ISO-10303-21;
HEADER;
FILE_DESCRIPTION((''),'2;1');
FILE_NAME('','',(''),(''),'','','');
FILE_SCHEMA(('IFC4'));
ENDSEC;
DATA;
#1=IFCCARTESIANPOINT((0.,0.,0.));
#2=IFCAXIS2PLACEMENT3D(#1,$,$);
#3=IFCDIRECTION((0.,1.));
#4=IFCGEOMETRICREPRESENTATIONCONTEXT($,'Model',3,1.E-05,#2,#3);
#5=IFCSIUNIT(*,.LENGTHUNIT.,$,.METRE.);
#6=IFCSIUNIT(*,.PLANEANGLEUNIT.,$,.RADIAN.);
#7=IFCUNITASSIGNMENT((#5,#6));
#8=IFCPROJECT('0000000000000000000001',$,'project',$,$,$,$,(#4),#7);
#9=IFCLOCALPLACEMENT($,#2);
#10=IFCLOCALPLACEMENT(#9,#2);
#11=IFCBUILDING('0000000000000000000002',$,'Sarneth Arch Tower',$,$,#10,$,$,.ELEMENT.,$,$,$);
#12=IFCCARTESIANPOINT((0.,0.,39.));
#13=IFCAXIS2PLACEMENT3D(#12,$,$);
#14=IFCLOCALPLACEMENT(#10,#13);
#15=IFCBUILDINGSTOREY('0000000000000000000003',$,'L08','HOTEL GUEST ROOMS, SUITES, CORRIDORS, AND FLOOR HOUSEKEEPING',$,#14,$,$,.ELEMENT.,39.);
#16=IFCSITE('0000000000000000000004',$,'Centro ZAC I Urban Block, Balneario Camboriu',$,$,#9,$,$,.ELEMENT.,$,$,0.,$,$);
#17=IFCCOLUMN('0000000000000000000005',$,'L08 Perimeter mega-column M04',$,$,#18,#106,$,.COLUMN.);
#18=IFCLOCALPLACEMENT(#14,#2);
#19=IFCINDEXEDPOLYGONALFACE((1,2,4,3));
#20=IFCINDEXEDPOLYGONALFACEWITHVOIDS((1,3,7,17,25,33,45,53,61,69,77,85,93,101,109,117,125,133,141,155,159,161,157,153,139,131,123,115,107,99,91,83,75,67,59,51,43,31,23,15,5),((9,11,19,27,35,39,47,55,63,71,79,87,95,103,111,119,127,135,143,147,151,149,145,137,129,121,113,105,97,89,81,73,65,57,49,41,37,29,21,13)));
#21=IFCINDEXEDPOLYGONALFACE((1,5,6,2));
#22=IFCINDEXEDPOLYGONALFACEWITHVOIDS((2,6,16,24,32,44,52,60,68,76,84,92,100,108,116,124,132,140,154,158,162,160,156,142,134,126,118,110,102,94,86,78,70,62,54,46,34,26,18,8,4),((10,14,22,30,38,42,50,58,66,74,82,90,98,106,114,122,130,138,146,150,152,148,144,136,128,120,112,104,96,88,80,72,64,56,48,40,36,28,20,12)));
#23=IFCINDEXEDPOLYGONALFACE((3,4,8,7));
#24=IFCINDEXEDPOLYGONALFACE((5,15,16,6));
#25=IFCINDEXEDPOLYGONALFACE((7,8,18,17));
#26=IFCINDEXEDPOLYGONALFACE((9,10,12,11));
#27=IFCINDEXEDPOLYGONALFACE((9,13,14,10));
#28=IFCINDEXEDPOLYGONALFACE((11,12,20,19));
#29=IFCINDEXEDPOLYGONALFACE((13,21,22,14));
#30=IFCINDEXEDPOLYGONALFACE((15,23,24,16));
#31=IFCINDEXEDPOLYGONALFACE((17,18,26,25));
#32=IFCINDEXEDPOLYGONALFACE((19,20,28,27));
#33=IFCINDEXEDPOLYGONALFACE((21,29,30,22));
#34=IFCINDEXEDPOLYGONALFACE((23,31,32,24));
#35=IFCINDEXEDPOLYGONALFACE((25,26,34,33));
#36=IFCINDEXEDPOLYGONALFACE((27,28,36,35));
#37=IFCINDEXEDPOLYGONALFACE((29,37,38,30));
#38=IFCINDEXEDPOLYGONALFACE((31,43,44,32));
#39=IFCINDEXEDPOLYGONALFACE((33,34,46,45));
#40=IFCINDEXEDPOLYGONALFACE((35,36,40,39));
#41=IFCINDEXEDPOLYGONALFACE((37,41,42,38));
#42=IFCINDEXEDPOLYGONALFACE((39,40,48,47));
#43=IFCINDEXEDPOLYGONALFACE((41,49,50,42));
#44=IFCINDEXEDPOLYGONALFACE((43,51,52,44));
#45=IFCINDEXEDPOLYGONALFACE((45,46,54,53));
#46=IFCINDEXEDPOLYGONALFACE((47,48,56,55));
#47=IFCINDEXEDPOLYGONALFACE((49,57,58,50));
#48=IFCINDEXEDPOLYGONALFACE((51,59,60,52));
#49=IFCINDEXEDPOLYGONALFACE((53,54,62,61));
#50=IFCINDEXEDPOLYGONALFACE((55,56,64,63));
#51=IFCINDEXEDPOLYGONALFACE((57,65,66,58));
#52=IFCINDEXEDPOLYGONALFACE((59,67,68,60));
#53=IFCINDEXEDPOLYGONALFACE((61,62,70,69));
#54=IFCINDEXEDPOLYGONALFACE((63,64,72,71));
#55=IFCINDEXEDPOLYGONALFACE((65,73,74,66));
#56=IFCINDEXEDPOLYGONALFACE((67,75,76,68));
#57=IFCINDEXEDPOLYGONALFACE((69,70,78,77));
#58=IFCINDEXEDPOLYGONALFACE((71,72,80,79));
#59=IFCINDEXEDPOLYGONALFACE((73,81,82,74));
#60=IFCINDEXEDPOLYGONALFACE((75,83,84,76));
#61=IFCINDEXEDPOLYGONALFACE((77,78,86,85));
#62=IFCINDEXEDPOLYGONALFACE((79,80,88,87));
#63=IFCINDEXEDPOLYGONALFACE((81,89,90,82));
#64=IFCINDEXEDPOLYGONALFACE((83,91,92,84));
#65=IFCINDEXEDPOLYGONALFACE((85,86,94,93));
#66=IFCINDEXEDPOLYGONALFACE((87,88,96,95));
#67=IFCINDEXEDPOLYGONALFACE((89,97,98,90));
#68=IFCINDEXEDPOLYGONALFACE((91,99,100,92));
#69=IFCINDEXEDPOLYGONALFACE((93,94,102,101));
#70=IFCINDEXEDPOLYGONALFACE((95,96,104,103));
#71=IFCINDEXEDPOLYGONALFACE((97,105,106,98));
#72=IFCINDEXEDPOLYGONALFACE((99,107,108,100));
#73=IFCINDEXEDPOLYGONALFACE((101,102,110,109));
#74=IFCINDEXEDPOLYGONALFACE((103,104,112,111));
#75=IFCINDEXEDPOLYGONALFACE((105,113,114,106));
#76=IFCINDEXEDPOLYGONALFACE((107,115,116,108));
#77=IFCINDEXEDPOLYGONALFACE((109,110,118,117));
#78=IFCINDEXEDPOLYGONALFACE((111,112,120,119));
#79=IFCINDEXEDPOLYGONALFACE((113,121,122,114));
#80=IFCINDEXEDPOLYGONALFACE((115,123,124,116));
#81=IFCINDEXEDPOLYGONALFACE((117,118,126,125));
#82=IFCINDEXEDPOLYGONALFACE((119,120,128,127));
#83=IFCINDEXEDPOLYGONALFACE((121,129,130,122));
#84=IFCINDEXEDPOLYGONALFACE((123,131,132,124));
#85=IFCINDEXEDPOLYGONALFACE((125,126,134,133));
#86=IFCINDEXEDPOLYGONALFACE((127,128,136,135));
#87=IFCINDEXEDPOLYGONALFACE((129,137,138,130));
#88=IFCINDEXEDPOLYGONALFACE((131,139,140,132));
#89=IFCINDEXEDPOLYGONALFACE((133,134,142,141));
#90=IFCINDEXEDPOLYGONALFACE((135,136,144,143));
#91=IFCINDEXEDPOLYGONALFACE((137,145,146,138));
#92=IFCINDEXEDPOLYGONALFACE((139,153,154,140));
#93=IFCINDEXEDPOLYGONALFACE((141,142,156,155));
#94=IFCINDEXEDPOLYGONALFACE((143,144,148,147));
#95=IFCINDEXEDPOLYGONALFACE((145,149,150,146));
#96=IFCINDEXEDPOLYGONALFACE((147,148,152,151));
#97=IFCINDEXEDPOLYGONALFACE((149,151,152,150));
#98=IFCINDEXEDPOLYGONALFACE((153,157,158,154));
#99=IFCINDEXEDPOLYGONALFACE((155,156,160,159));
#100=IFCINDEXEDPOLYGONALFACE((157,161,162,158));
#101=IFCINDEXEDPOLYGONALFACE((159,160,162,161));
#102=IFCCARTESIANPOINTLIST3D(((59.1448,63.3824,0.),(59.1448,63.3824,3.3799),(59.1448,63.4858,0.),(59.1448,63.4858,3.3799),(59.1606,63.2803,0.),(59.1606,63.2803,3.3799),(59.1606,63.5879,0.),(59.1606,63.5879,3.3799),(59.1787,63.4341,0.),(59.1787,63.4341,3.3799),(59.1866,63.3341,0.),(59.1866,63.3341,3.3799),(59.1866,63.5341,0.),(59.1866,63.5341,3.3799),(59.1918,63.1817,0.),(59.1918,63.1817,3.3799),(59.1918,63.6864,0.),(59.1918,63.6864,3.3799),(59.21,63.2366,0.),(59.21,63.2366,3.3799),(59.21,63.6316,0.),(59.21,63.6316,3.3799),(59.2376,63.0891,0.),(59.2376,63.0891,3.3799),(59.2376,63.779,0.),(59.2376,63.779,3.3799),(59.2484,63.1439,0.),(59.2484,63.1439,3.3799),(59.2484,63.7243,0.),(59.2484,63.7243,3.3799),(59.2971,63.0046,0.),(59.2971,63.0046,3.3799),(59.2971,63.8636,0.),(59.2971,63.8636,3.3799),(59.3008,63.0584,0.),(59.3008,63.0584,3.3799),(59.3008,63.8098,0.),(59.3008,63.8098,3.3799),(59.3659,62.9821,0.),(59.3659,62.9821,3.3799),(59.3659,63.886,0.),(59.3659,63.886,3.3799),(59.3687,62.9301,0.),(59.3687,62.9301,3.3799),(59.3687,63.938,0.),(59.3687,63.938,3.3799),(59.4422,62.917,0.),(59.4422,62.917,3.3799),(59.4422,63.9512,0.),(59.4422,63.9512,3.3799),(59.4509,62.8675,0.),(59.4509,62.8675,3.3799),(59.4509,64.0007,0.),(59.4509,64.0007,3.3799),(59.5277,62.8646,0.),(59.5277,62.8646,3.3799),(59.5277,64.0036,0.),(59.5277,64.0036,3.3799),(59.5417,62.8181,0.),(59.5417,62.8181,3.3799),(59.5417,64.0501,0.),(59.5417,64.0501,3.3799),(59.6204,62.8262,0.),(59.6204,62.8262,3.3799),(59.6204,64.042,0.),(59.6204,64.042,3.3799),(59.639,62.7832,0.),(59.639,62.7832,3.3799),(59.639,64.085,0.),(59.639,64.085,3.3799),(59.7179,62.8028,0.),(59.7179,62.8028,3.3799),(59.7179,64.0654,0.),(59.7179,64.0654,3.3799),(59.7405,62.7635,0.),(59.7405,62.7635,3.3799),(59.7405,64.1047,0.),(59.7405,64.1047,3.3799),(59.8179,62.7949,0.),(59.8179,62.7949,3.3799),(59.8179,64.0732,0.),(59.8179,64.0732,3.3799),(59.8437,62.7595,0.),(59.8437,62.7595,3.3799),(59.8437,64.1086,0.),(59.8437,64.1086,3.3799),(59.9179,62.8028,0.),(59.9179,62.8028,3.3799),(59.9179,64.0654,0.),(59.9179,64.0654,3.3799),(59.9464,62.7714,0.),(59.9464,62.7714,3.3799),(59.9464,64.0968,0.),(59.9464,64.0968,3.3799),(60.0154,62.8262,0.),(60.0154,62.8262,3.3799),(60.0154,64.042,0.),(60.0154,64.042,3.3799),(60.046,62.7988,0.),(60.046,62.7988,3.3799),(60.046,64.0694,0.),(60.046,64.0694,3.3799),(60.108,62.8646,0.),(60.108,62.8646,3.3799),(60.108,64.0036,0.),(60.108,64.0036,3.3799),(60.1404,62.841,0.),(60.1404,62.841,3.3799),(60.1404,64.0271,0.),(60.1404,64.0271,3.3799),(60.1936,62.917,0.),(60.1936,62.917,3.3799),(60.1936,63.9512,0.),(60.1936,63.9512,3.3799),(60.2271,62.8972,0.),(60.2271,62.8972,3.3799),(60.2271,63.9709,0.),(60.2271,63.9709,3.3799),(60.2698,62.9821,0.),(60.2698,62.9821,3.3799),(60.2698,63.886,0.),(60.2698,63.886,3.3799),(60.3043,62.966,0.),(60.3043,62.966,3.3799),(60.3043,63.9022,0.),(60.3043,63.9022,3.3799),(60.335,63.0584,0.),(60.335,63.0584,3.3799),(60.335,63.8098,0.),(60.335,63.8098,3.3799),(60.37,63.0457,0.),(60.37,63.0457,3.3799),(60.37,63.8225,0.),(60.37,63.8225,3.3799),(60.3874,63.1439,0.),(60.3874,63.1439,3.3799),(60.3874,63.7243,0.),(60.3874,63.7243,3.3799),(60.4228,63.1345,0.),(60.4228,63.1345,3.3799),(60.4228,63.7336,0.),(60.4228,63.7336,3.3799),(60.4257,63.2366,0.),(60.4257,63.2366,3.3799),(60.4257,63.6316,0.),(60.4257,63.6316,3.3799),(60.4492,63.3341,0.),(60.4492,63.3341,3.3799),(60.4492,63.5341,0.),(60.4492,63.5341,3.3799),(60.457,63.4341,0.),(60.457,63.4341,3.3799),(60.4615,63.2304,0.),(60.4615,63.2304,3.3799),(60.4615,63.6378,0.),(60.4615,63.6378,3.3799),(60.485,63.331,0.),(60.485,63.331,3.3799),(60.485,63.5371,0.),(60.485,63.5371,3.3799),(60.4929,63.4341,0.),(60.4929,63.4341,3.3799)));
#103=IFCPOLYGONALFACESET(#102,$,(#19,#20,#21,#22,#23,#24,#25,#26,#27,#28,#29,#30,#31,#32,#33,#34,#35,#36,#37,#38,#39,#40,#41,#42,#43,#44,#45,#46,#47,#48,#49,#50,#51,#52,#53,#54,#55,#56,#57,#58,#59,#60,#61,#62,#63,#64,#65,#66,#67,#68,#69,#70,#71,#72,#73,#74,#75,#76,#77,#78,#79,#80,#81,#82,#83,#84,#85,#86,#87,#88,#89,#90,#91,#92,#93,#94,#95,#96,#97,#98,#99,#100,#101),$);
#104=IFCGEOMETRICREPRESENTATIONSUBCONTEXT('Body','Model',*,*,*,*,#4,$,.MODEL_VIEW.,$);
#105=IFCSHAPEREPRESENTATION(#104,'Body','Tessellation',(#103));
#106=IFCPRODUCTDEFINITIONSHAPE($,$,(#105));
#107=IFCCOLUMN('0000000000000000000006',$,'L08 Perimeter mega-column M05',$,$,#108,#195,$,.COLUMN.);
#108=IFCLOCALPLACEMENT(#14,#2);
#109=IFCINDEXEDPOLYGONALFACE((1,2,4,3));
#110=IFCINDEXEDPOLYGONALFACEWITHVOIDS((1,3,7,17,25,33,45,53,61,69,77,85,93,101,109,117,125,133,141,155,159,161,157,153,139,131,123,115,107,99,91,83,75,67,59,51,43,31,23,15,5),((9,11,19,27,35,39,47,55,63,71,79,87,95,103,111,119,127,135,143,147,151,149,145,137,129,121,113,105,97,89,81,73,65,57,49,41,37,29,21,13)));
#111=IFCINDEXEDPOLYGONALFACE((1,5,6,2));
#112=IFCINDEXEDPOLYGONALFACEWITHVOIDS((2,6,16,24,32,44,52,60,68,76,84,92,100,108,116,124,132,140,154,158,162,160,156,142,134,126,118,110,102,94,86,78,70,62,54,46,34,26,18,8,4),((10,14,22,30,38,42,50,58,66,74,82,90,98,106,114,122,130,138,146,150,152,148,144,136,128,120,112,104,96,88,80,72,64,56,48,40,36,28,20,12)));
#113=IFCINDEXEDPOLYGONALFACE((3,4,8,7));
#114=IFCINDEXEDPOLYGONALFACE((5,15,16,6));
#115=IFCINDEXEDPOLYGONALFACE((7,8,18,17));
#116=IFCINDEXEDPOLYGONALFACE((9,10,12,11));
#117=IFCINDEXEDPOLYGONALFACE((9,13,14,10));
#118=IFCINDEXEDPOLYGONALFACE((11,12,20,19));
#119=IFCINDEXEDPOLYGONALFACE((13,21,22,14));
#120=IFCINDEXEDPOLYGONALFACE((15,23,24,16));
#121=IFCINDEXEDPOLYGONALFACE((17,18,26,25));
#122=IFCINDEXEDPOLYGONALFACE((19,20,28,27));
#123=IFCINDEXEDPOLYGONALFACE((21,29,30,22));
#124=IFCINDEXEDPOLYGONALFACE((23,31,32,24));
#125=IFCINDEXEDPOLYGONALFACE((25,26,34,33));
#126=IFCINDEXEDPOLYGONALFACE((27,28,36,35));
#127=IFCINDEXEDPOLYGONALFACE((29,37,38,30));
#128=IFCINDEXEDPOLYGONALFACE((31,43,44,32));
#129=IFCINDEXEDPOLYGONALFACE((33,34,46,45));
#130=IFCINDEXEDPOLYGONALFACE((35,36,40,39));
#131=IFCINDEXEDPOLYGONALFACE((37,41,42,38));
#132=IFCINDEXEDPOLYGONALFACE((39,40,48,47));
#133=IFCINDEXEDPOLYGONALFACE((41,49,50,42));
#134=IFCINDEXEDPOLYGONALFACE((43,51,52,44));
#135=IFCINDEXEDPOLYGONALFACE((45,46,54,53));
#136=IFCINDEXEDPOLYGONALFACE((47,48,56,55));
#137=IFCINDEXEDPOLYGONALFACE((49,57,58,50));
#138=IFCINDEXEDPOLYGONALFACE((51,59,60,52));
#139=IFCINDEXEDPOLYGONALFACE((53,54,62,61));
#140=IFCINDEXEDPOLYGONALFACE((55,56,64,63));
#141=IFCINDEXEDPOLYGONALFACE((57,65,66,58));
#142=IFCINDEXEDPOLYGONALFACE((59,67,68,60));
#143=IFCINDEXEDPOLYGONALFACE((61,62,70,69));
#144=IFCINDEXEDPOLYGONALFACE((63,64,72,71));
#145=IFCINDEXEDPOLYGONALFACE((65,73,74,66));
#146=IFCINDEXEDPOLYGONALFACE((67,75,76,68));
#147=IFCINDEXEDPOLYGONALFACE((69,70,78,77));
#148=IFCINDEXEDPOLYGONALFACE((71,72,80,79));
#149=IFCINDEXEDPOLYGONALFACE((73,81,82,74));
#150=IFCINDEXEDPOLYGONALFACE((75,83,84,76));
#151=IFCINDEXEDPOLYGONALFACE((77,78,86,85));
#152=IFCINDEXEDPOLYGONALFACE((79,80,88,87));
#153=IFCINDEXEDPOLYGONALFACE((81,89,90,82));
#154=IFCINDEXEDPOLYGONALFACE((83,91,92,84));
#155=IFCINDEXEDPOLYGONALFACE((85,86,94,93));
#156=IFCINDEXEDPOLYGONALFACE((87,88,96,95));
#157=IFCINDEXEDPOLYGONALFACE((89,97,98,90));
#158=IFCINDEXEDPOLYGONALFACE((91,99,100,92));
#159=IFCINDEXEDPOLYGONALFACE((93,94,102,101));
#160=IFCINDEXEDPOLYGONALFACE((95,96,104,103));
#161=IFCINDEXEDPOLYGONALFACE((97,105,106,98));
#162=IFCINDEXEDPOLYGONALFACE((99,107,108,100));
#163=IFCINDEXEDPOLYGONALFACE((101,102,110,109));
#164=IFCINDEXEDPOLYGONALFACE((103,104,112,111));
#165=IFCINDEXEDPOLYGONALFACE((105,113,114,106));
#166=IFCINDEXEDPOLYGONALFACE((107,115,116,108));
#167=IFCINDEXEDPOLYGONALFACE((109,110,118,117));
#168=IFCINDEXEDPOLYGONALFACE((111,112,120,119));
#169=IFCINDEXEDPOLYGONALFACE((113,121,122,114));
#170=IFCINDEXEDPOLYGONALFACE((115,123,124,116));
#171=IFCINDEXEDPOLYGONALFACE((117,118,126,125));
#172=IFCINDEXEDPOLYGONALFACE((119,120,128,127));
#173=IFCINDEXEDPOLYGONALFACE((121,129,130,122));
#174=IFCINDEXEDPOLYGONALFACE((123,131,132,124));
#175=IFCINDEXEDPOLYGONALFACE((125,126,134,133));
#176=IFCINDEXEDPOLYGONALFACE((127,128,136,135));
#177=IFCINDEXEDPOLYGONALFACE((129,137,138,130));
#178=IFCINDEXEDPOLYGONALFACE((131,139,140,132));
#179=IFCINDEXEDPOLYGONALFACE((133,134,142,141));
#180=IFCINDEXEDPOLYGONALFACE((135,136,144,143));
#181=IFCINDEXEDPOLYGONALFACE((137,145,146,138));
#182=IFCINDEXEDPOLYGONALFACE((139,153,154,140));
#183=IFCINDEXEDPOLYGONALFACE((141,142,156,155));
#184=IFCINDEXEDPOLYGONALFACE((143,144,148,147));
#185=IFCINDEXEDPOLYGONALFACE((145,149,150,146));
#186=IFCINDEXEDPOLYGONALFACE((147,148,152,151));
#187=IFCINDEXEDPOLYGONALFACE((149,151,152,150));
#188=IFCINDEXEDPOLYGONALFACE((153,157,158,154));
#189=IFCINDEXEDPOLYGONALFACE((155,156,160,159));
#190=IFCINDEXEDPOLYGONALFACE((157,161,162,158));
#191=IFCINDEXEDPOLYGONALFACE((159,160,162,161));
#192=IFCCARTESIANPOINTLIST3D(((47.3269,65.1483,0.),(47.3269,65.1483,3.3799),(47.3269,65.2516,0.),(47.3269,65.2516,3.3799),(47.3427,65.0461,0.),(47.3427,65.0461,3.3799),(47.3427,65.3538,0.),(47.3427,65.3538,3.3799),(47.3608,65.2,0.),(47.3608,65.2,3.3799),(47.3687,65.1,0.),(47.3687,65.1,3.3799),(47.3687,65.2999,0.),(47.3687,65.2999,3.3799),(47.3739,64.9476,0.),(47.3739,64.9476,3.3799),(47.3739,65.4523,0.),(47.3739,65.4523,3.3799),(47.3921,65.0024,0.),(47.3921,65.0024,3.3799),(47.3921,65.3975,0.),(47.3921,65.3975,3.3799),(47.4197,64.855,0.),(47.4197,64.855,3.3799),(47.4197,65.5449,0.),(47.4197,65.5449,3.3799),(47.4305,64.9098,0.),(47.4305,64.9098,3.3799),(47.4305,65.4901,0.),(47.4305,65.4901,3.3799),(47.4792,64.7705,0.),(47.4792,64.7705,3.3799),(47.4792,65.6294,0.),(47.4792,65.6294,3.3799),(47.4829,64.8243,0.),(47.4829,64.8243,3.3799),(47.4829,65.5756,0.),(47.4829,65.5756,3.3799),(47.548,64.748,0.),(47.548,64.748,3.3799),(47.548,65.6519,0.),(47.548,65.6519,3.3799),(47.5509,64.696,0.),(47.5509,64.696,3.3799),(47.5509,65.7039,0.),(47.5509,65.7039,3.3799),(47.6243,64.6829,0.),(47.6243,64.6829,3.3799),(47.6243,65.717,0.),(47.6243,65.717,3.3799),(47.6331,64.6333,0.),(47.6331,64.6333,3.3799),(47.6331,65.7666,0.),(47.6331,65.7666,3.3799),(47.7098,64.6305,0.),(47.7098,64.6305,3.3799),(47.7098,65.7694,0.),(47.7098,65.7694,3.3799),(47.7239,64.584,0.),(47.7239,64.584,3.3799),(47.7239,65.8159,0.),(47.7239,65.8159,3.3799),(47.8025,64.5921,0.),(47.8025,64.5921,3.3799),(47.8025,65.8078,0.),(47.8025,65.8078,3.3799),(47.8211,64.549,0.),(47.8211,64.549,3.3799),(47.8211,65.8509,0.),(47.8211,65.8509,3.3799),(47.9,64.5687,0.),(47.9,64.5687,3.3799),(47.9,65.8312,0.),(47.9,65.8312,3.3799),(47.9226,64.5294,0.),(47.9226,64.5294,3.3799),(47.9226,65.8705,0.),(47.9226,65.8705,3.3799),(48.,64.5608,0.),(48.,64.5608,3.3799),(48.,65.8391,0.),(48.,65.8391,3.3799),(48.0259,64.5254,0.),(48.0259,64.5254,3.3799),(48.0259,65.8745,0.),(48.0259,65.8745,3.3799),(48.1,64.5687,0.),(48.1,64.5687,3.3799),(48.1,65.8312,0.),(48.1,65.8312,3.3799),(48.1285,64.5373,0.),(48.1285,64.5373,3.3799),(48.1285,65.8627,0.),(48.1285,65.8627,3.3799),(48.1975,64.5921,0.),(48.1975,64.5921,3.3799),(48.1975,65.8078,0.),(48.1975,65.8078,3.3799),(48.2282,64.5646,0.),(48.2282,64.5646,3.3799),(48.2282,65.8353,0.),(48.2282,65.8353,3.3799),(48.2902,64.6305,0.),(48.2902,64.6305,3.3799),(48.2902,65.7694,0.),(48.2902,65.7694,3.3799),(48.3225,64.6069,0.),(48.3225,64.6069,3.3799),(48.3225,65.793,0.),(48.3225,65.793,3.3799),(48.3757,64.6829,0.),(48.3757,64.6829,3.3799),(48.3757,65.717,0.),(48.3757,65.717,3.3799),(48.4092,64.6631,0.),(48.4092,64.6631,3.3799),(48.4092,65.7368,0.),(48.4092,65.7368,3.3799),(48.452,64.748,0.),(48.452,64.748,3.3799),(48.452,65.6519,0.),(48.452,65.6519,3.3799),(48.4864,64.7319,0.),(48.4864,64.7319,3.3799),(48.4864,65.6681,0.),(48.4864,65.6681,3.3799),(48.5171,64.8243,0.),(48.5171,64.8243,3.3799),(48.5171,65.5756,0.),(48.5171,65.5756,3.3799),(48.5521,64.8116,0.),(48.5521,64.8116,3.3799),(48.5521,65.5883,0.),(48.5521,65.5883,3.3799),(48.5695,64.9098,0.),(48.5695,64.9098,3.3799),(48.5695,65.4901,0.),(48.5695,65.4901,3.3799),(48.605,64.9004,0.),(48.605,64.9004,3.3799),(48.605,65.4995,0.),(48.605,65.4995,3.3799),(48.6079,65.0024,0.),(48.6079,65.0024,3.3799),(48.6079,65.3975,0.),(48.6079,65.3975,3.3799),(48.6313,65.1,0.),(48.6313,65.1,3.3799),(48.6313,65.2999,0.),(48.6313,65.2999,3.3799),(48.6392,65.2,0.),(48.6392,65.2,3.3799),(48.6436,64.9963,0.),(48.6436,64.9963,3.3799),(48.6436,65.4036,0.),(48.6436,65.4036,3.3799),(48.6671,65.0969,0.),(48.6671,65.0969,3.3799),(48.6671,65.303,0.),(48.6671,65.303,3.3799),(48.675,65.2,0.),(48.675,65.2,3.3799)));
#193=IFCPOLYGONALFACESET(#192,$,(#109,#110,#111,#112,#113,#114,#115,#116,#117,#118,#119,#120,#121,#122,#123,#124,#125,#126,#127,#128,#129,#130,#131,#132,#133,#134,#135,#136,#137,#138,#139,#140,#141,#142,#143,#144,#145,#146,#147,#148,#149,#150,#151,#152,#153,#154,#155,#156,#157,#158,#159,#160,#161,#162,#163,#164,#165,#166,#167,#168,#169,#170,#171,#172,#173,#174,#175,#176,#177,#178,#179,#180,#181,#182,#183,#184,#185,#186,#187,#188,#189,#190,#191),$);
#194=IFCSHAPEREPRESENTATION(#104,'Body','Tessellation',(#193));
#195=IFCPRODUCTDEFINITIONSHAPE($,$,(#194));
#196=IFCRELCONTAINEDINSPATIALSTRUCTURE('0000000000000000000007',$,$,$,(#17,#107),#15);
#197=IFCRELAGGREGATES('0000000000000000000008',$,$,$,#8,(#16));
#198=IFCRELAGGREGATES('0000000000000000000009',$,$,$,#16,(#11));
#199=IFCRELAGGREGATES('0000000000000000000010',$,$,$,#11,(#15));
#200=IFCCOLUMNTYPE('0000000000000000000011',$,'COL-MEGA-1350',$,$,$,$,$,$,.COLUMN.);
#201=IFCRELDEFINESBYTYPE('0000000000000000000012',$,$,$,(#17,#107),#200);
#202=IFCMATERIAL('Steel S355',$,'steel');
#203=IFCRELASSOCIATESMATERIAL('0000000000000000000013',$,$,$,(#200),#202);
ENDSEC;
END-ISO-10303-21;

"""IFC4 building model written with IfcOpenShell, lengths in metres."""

from ifc_helpers import new_model, si_unit, direction, frame, origin, origin_2d, place, context, subcontext, project, spatial, hollow_circle, extrude, material, material_profile, profile_set, type_object, element, save


model = new_model("IFC4")

# Units and contexts
model_context = context("Model", 3, precision=1e-05, world=origin(), true_north=direction((0.0, 1.0)))
body_context = subcontext(model_context, "Body", "Model", "MODEL_VIEW")
ifc_project = project(units=[si_unit("LENGTHUNIT", "METRE"), si_unit("PLANEANGLEUNIT", "RADIAN")], contexts=[model_context])

# Site, building, storey
site_placement = place(None, origin())
site = spatial("IfcSite", under=ifc_project, at=site_placement, Name="Centro ZAC I Urban Block, Balneario Camboriu", CompositionType="ELEMENT", RefElevation=0.0)
building_placement = place(site_placement, origin())
building = spatial("IfcBuilding", under=site, at=building_placement, Name="Sarneth Arch Tower", CompositionType="ELEMENT")
storey_placement = place(building_placement, frame((0.0, 0.0, 39.0)))
storey = spatial("IfcBuildingStorey", under=building, at=storey_placement, Name="L08", Description="HOTEL GUEST ROOMS, SUITES, CORRIDORS, AND FLOOR HOUSEKEEPING", CompositionType="ELEMENT", Elevation=39.0)

# Columns
ifc_material_1 = material(Name="Steel S355", Category="steel")
ifc_material_profile_1 = material_profile(ifc_material_1, hollow_circle(Radius=0.675, WallThickness=0.0359, at=origin_2d()), Name="CHS1350x36")
ifc_profile_set_1 = profile_set([ifc_material_profile_1], Name="Steel S355")
column_type = type_object("IfcColumnType", Name="COL-MEGA-1350", PredefinedType="COLUMN", material=ifc_profile_set_1)
for number, where, z_axis, x_axis, name in (
    (1, (59.8179, 63.4341, 0.0), (0.0, 0.0, 1.0), (1.0, 0.0, 0.0), "L08 Perimeter mega-column M04"),
    (2, (48.0, 65.2, 0.0), (0.0, 0.0, 1.0), (1.0, 0.0, 0.0), "L08 Perimeter mega-column M05"),
):
    element("IfcColumn", number, at=place(storey_placement, frame(where, z_axis=z_axis, x_axis=x_axis)), inside=storey, type_object=column_type, Name=name, PredefinedType="COLUMN", context=body_context, shape_type="SweptSolid", body=[
        extrude(hollow_circle(Radius=0.675, WallThickness=0.0359, at=origin_2d()), origin(), (0.0, 0.0, 1.0), 3.3799),
    ])

save(model, "model.ifc")
